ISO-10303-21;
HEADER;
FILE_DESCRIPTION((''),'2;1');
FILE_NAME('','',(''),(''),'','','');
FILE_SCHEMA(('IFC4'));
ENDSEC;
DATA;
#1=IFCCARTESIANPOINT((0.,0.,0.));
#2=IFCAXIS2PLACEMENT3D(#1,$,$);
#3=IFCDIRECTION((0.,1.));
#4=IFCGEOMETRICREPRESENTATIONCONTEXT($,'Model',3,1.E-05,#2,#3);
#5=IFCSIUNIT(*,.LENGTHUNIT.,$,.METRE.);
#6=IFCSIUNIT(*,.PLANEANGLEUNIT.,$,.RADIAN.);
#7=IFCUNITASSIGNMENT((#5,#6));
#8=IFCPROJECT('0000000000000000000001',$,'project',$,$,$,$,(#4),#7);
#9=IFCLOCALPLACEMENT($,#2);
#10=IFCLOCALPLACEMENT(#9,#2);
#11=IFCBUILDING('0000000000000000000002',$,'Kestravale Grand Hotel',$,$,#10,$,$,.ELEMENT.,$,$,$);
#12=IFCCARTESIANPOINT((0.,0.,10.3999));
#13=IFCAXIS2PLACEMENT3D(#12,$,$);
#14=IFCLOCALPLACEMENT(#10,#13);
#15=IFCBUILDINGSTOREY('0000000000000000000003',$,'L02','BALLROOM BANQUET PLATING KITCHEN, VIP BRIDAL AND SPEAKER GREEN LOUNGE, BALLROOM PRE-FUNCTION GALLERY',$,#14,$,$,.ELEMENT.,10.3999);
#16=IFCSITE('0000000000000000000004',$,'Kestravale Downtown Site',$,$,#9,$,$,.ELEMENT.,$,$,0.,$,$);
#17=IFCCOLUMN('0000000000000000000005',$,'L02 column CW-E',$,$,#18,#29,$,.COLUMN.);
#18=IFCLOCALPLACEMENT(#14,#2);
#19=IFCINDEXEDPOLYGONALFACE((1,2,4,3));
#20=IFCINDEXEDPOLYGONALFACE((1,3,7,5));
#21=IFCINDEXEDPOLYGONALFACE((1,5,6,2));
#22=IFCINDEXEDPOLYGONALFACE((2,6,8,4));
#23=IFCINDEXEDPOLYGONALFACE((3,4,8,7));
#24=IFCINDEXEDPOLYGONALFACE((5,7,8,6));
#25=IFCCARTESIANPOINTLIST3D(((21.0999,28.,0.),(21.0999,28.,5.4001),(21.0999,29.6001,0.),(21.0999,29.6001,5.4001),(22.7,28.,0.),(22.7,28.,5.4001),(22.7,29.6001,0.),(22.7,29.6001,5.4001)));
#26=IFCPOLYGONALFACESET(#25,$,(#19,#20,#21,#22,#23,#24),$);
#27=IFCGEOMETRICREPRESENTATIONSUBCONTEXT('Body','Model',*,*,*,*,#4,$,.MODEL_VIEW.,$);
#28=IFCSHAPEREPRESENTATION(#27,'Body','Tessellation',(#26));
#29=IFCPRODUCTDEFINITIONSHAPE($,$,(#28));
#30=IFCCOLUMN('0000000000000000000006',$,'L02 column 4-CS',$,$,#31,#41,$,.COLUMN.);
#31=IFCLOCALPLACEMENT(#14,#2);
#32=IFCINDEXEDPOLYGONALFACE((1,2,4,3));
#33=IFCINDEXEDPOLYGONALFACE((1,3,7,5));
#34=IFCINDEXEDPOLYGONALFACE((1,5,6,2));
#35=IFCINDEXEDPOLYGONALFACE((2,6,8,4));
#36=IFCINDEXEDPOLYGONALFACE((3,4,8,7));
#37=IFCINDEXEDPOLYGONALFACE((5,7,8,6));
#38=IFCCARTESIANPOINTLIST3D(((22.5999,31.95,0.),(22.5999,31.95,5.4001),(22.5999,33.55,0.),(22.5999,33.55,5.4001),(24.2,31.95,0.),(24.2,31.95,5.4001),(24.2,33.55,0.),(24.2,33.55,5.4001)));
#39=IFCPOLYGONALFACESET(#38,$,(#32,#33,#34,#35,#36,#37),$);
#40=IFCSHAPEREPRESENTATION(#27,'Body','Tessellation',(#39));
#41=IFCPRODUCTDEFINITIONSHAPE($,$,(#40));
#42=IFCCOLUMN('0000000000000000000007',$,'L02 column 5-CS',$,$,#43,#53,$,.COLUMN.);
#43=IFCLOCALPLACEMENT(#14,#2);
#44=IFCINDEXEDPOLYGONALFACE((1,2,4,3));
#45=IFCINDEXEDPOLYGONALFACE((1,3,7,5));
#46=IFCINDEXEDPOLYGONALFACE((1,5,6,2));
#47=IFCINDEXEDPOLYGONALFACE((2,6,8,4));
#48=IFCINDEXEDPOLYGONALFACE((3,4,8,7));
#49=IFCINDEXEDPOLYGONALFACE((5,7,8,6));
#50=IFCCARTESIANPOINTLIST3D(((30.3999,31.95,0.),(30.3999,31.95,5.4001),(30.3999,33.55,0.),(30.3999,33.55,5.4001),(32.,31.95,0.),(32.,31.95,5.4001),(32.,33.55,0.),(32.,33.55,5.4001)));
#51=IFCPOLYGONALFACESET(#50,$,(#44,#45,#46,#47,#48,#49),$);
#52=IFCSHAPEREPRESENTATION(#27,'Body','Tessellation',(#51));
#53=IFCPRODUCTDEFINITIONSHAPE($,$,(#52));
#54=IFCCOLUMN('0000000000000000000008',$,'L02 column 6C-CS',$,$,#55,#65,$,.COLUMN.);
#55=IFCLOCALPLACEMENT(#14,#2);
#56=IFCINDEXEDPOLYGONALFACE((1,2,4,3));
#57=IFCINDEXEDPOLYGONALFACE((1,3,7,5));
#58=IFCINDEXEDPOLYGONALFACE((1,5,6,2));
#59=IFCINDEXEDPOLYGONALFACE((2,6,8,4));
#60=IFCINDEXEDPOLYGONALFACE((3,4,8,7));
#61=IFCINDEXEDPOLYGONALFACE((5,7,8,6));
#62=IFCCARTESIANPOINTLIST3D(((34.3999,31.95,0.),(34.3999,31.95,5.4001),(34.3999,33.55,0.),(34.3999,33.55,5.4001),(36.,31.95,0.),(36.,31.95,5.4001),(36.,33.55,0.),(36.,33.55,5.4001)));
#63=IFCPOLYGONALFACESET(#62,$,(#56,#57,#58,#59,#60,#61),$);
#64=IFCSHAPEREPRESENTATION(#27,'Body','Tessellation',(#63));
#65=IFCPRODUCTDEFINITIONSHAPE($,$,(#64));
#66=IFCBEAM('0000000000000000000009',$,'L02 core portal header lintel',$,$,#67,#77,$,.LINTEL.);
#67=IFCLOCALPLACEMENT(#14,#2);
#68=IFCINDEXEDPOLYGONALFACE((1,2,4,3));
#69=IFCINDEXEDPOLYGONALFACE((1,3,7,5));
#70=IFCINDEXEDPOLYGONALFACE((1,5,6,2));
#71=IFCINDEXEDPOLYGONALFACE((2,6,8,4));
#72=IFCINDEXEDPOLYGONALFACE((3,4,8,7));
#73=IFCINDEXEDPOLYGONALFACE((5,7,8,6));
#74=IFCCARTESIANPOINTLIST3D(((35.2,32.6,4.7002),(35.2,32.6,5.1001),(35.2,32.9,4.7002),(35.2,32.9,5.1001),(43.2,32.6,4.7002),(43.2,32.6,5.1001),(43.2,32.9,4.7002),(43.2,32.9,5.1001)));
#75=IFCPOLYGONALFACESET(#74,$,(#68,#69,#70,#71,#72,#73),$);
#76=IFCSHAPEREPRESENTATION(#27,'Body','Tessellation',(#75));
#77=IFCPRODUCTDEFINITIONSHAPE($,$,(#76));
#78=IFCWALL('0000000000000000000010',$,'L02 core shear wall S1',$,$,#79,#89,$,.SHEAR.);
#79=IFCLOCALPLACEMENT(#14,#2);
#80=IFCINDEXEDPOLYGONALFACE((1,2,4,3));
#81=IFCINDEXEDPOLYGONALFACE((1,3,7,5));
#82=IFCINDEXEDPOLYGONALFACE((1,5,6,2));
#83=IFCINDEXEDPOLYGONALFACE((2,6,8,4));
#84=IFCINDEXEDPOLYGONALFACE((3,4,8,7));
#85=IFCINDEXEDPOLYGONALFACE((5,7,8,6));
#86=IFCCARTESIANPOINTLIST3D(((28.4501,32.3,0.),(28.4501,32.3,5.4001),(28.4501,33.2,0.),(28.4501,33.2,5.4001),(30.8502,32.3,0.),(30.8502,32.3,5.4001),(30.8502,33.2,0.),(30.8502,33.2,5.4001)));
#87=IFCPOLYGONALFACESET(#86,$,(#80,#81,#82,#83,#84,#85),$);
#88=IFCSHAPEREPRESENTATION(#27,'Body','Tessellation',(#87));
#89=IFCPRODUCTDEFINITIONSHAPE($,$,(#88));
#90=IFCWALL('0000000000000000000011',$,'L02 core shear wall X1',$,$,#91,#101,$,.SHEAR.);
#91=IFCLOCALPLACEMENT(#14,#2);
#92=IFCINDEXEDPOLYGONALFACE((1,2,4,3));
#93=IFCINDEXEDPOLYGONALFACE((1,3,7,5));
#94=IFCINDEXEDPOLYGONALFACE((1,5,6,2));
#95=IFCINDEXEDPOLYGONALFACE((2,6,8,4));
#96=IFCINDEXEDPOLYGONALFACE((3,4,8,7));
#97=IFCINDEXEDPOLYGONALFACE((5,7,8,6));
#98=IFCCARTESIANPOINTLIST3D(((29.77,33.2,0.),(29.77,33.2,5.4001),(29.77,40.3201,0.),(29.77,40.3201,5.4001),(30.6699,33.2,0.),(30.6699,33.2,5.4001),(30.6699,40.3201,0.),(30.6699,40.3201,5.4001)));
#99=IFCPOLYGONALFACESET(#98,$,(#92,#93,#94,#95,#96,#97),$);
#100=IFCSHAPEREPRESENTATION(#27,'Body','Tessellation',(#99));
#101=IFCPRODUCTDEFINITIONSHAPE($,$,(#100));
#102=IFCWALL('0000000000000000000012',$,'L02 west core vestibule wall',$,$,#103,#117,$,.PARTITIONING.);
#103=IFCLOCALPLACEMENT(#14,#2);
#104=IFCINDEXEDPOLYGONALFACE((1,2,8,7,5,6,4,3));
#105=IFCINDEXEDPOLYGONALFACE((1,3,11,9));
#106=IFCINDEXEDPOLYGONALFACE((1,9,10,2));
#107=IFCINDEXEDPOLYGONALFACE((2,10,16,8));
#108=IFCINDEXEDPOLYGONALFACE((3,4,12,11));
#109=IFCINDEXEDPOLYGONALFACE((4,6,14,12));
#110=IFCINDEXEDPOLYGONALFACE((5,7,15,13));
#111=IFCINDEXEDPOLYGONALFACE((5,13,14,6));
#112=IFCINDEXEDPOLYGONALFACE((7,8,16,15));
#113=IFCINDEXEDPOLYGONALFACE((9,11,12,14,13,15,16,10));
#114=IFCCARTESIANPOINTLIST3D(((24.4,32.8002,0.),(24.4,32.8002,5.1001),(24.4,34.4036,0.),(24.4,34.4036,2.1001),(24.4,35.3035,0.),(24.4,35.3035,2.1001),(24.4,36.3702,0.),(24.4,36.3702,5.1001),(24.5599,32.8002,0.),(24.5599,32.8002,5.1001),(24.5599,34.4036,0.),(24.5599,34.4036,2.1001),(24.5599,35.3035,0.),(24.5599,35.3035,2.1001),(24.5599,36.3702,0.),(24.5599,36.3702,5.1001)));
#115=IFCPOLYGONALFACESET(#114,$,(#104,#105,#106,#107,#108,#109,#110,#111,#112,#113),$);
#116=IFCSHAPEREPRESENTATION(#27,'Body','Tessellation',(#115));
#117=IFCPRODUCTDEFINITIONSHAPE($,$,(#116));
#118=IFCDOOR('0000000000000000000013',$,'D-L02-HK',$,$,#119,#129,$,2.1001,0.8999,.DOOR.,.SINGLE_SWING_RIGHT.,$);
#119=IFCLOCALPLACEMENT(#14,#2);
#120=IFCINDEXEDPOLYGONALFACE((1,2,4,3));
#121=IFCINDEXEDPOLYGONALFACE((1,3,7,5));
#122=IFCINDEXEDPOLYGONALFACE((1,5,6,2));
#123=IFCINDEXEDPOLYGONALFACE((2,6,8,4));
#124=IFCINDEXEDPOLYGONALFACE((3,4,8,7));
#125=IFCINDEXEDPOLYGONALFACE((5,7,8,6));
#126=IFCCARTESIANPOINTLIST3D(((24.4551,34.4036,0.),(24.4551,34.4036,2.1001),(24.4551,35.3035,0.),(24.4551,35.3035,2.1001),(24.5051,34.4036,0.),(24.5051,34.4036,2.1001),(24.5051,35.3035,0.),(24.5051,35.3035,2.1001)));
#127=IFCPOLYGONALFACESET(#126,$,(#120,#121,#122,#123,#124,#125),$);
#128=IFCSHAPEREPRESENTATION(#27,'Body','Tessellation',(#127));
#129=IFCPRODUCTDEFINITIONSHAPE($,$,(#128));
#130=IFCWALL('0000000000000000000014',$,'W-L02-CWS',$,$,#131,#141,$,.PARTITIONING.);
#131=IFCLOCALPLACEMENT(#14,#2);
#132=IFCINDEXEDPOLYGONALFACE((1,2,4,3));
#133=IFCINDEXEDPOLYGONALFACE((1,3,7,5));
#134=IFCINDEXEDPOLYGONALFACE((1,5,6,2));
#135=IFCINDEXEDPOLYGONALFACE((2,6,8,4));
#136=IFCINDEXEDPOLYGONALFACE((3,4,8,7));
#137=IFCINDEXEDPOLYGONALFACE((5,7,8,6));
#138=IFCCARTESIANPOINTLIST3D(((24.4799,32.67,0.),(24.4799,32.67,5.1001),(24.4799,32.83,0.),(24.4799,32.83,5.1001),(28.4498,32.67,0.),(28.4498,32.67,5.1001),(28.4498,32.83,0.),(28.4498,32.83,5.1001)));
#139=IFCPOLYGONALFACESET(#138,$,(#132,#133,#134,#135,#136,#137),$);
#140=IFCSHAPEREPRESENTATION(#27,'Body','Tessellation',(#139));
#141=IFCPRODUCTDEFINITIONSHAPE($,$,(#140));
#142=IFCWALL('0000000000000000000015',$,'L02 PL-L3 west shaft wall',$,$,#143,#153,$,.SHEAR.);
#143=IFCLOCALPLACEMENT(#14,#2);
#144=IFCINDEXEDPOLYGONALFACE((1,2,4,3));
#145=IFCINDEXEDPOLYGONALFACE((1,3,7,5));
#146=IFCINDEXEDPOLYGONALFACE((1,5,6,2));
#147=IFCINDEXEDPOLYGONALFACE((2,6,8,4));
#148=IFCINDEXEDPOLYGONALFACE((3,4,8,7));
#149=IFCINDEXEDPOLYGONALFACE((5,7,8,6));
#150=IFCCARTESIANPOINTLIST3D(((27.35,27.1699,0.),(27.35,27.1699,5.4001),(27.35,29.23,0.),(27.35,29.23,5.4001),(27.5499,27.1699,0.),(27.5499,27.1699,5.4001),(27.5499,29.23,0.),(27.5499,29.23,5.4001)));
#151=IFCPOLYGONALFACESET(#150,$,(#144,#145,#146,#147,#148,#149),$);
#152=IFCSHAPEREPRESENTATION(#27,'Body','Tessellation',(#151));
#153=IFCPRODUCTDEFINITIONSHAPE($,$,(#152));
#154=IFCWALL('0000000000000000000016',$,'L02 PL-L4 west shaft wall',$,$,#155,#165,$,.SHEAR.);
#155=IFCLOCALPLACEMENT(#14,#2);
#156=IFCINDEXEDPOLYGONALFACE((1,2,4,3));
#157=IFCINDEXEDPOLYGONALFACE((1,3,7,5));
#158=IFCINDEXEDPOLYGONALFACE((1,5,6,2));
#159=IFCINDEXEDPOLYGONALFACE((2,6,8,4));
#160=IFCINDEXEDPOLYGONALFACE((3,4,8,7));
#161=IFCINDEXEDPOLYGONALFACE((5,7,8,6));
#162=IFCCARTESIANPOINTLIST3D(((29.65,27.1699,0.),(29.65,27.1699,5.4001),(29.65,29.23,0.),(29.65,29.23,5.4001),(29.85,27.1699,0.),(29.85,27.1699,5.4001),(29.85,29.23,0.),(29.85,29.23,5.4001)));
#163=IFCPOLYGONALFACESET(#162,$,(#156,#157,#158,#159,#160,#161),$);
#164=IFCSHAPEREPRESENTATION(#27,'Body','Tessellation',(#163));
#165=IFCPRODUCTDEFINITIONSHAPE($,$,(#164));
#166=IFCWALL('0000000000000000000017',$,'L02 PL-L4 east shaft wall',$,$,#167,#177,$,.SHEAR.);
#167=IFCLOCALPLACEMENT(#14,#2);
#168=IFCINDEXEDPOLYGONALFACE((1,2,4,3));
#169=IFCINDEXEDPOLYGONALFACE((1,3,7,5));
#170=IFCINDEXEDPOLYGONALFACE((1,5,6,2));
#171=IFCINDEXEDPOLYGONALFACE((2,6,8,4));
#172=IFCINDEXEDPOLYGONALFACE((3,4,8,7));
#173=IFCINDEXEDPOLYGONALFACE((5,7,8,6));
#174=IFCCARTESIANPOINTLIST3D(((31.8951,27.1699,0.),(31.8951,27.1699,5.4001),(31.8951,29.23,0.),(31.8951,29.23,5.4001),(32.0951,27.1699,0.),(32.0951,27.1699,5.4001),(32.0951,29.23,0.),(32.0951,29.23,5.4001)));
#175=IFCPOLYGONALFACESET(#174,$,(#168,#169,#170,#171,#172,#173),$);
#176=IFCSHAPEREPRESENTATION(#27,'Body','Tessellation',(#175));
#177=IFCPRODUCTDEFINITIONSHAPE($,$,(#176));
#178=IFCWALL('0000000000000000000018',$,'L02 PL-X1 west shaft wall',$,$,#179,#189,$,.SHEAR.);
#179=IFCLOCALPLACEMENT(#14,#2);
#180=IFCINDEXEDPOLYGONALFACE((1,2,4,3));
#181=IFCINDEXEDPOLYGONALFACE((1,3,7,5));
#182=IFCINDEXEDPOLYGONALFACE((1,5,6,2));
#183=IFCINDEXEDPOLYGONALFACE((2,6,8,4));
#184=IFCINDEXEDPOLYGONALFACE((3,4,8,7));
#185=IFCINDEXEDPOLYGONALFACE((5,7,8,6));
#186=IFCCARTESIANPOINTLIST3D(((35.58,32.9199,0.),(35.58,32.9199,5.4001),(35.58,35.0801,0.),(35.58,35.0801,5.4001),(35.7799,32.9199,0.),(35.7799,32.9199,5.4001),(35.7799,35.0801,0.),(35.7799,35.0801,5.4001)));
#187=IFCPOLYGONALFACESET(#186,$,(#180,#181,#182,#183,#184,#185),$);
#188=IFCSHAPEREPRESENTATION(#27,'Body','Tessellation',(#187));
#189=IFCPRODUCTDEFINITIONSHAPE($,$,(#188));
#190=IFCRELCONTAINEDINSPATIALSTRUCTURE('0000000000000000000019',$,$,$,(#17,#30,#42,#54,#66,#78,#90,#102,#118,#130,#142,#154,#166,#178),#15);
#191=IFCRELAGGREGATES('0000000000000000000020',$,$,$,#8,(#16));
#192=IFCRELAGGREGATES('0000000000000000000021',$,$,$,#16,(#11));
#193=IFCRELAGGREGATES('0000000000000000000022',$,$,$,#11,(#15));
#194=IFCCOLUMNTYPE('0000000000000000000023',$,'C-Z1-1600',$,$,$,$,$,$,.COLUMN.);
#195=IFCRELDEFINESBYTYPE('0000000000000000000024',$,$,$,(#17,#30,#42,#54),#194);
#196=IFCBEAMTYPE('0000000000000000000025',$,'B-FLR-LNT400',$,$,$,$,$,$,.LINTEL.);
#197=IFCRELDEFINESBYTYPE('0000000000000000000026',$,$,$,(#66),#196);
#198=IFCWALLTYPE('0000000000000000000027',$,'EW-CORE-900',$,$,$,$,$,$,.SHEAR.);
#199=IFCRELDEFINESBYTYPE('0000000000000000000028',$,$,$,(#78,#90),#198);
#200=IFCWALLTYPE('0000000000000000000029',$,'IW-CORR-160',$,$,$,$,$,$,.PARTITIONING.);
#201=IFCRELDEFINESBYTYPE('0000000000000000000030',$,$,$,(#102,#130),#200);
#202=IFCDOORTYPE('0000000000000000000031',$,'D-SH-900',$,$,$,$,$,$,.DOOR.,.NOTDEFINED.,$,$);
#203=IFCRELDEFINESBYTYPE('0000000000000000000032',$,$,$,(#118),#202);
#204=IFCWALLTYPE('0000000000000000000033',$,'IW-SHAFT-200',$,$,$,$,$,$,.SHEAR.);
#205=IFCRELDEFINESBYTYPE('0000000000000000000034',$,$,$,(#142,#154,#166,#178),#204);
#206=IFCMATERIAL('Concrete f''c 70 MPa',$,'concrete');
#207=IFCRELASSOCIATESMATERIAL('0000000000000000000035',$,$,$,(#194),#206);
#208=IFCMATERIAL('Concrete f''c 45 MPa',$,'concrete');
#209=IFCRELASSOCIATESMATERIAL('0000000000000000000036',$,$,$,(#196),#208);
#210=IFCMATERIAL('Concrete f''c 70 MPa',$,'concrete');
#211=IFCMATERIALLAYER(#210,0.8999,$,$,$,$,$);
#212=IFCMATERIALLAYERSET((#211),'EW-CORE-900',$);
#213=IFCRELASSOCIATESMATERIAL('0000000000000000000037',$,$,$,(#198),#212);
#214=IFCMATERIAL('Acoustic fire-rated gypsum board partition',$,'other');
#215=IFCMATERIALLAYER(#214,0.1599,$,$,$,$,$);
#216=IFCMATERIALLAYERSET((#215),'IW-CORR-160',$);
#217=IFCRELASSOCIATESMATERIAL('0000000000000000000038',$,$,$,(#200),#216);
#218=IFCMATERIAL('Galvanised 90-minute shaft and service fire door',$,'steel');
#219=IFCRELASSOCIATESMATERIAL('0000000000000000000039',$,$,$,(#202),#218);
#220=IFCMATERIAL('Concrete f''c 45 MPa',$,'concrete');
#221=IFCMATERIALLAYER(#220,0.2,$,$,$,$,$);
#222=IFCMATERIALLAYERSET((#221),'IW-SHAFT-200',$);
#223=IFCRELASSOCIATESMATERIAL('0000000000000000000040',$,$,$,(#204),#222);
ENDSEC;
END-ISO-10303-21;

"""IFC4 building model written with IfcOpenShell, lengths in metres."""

from ifc_helpers import new_model, si_unit, direction, frame, frame_2d, origin, origin_2d, place, context, subcontext, project, spatial, rectangle, extrude, material, layer, layer_set, material_profile, profile_set, type_object, element, fill, save


model = new_model("IFC4")

# Units and contexts
model_context = context("Model", 3, precision=1e-05, world=origin(), true_north=direction((0.0, 1.0)))
body_context = subcontext(model_context, "Body", "Model", "MODEL_VIEW")
ifc_project = project(units=[si_unit("LENGTHUNIT", "METRE"), si_unit("PLANEANGLEUNIT", "RADIAN")], contexts=[model_context])

# Site, building, storey
site_placement = place(None, origin())
site = spatial("IfcSite", under=ifc_project, at=site_placement, Name="Kestravale Downtown Site", CompositionType="ELEMENT", RefElevation=0.0)
building_placement = place(site_placement, origin())
building = spatial("IfcBuilding", under=site, at=building_placement, Name="Kestravale Grand Hotel", CompositionType="ELEMENT")
storey_placement = place(building_placement, frame((0.0, 0.0, 10.3999)))
storey = spatial("IfcBuildingStorey", under=building, at=storey_placement, Name="L02", Description="BALLROOM BANQUET PLATING KITCHEN, VIP BRIDAL AND SPEAKER GREEN LOUNGE, BALLROOM PRE-FUNCTION GALLERY", CompositionType="ELEMENT", Elevation=10.3999)

# Columns
ifc_material_1 = material(Name="Concrete f'c 70 MPa", Category="concrete")
ifc_material_profile_1 = material_profile(ifc_material_1, rectangle(XDim=1.6001, YDim=1.6001, at=origin_2d()))
ifc_profile_set_1 = profile_set([ifc_material_profile_1], Name="Concrete f'c 70 MPa")
column_type = type_object("IfcColumnType", Name="C-Z1-1600", PredefinedType="COLUMN", material=ifc_profile_set_1)
for number, where, z_axis, x_axis, name in (
    (1, (21.8999, 28.8, 0.0), (0.0, 0.0, 1.0), (1.0, 0.0, 0.0), "L02 column CW-E"),
    (2, (23.3999, 32.75, 0.0), (0.0, 0.0, 1.0), (1.0, 0.0, 0.0), "L02 column 4-CS"),
    (3, (31.2, 32.75, 0.0), (0.0, 0.0, 1.0), (1.0, 0.0, 0.0), "L02 column 5-CS"),
    (4, (35.2, 32.75, 0.0), (0.0, 0.0, 1.0), (1.0, 0.0, 0.0), "L02 column 6C-CS"),
):
    element("IfcColumn", number, at=place(storey_placement, frame(where, z_axis=z_axis, x_axis=x_axis)), inside=storey, type_object=column_type, Name=name, PredefinedType="COLUMN", context=body_context, shape_type="SweptSolid", body=[
        extrude(rectangle(XDim=1.6001, YDim=1.6001, at=origin_2d()), origin(), (0.0, 0.0, 1.0), 5.4001),
    ])

# Beam
ifc_material_2 = material(Name="Concrete f'c 45 MPa", Category="concrete")
ifc_material_profile_2 = material_profile(ifc_material_2, rectangle(XDim=0.3, YDim=0.3999, at=origin_2d()))
ifc_profile_set_2 = profile_set([ifc_material_profile_2], Name="Concrete f'c 45 MPa")
beam_type = type_object("IfcBeamType", Name="B-FLR-LNT400", PredefinedType="LINTEL", material=ifc_profile_set_2)
beam_placement = place(storey_placement, frame((35.2, 32.75, 4.9001), z_axis=(1.0, 0.0, 0.0), x_axis=(0.0, 1.0, 0.0)))
element("IfcBeam", 5, at=beam_placement, inside=storey, type_object=beam_type, Name="L02 core portal header lintel", PredefinedType="LINTEL", context=body_context, shape_type="SweptSolid", body=[
    extrude(rectangle(XDim=0.3, YDim=0.3999, at=origin_2d()), origin(), (0.0, 0.0, 1.0), 8.0),
])

# Walls
ifc_material_3 = material(Name="Concrete f'c 70 MPa", Category="concrete")
ifc_layer_1 = layer(ifc_material_3, 0.8999)
ifc_layer_set_1 = layer_set([ifc_layer_1], Name="EW-CORE-900")
wall_type_1 = type_object("IfcWallType", Name="EW-CORE-900", PredefinedType="SHEAR", material=ifc_layer_set_1)
wall_1_placement = place(storey_placement, frame((28.45, 32.75, 0.0), z_axis=(0.0, 0.0, 1.0), x_axis=(1.0, 0.0, 0.0)))
element("IfcWall", 6, at=wall_1_placement, inside=storey, type_object=wall_type_1, Name="L02 core shear wall S1", PredefinedType="SHEAR", context=body_context, shape_type="SweptSolid", body=[
    extrude(rectangle(XDim=2.4001, YDim=0.8999, at=frame_2d((1.2002, 0.0))), origin(), (0.0, 0.0, 1.0), 5.4001),
])
wall_2_placement = place(storey_placement, frame((30.22, 33.2, 0.0), z_axis=(0.0, 0.0, 1.0), x_axis=(0.0, 1.0, 0.0)))
element("IfcWall", 7, at=wall_2_placement, inside=storey, type_object=wall_type_1, Name="L02 core shear wall X1", PredefinedType="SHEAR", context=body_context, shape_type="SweptSolid", body=[
    extrude(rectangle(XDim=7.1201, YDim=0.8999, at=frame_2d((3.5601, 0.0))), origin(), (0.0, 0.0, 1.0), 5.4001),
])

# Wall, opening, door
ifc_material_4 = material(Name="Acoustic fire-rated gypsum board partition", Category="other")
ifc_layer_2 = layer(ifc_material_4, 0.1599)
ifc_layer_set_2 = layer_set([ifc_layer_2], Name="IW-CORR-160")
wall_type_2 = type_object("IfcWallType", Name="IW-CORR-160", PredefinedType="PARTITIONING", material=ifc_layer_set_2)
wall_3_placement = place(storey_placement, frame((24.48, 32.8, 0.0), z_axis=(0.0, 0.0, 1.0), x_axis=(0.0, 1.0, 0.0)))
wall_3 = element("IfcWall", 8, at=wall_3_placement, inside=storey, type_object=wall_type_2, Name="L02 west core vestibule wall", PredefinedType="PARTITIONING", context=body_context, shape_type="SweptSolid", body=[
    extrude(rectangle(XDim=3.5701, YDim=0.1599, at=frame_2d((1.7852, 0.0))), origin(), (0.0, 0.0, 1.0), 5.1001),
])
opening_1_placement = place(wall_3_placement, frame((1.6035, 0.0, 0.0)))
opening_1 = element("IfcOpeningElement", 9, at=opening_1_placement, cuts=wall_3, PredefinedType="OPENING", context=body_context, shape_type="SweptSolid", body=[
    extrude(rectangle(XDim=0.8999, YDim=2.1001, at=frame_2d((0.45, 1.05))), frame((0.0, 0.0898, 0.0), z_axis=(0.0, -1.0, 0.0), x_axis=(1.0, 0.0, 0.0)), (0.0, 0.0, 1.0), 0.1799),
])
ifc_material_5 = material(Name="Galvanised 90-minute shaft and service fire door", Category="steel")
door_type_1 = type_object("IfcDoorType", Name="D-SH-900", OperationType="NOTDEFINED", PredefinedType="DOOR", material=ifc_material_5)
door_1_placement = place(opening_1_placement, origin())
door_1 = element("IfcDoor", 10, at=door_1_placement, inside=storey, type_object=door_type_1, Name="D-L02-HK", OperationType="SINGLE_SWING_RIGHT", OverallHeight=2.1001, OverallWidth=0.8999, PredefinedType="DOOR", context=body_context, shape_type="SweptSolid", body=[
    extrude(rectangle(XDim=0.8999, YDim=2.1001, at=frame_2d((0.45, 1.05))), frame((0.0, 0.0249, 0.0), z_axis=(0.0, -1.0, 0.0), x_axis=(1.0, 0.0, 0.0)), (0.0, 0.0, 1.0), 0.05),
])
fill(opening_1, door_1)

# Wall
wall_4_placement = place(storey_placement, frame((24.48, 32.75, 0.0), z_axis=(0.0, 0.0, 1.0), x_axis=(1.0, 0.0, 0.0)))
element("IfcWall", 11, at=wall_4_placement, inside=storey, type_object=wall_type_2, Name="W-L02-CWS", PredefinedType="PARTITIONING", context=body_context, shape_type="SweptSolid", body=[
    extrude(rectangle(XDim=3.97, YDim=0.1599, at=frame_2d((1.9849, 0.0))), origin(), (0.0, 0.0, 1.0), 5.1001),
])

# Walls
ifc_material_6 = material(Name="Concrete f'c 45 MPa", Category="concrete")
ifc_layer_3 = layer(ifc_material_6, 0.2)
ifc_layer_set_3 = layer_set([ifc_layer_3], Name="IW-SHAFT-200")
wall_type_3 = type_object("IfcWallType", Name="IW-SHAFT-200", PredefinedType="SHEAR", material=ifc_layer_set_3)
for number, where, z_axis, x_axis, name in (
    (12, (27.45, 27.1699, 0.0), (0.0, 0.0, 1.0), (0.0, 1.0, 0.0), "L02 PL-L3 west shaft wall"),
    (13, (29.75, 27.1699, 0.0), (0.0, 0.0, 1.0), (0.0, 1.0, 0.0), "L02 PL-L4 west shaft wall"),
    (14, (31.9951, 27.1699, 0.0), (0.0, 0.0, 1.0), (0.0, 1.0, 0.0), "L02 PL-L4 east shaft wall"),
):
    element("IfcWall", number, at=place(storey_placement, frame(where, z_axis=z_axis, x_axis=x_axis)), inside=storey, type_object=wall_type_3, Name=name, PredefinedType="SHEAR", context=body_context, shape_type="SweptSolid", body=[
        extrude(rectangle(XDim=2.0601, YDim=0.2, at=frame_2d((1.03, 0.0))), origin(), (0.0, 0.0, 1.0), 5.4001),
    ])
wall_5_placement = place(storey_placement, frame((35.6799, 32.9199, 0.0), z_axis=(0.0, 0.0, 1.0), x_axis=(0.0, 1.0, 0.0)))
element("IfcWall", 15, at=wall_5_placement, inside=storey, type_object=wall_type_3, Name="L02 PL-X1 west shaft wall", PredefinedType="SHEAR", context=body_context, shape_type="SweptSolid", body=[
    extrude(rectangle(XDim=2.1602, YDim=0.2, at=frame_2d((1.0801, 0.0))), origin(), (0.0, 0.0, 1.0), 5.4001),
])

save(model, "model.ifc")
